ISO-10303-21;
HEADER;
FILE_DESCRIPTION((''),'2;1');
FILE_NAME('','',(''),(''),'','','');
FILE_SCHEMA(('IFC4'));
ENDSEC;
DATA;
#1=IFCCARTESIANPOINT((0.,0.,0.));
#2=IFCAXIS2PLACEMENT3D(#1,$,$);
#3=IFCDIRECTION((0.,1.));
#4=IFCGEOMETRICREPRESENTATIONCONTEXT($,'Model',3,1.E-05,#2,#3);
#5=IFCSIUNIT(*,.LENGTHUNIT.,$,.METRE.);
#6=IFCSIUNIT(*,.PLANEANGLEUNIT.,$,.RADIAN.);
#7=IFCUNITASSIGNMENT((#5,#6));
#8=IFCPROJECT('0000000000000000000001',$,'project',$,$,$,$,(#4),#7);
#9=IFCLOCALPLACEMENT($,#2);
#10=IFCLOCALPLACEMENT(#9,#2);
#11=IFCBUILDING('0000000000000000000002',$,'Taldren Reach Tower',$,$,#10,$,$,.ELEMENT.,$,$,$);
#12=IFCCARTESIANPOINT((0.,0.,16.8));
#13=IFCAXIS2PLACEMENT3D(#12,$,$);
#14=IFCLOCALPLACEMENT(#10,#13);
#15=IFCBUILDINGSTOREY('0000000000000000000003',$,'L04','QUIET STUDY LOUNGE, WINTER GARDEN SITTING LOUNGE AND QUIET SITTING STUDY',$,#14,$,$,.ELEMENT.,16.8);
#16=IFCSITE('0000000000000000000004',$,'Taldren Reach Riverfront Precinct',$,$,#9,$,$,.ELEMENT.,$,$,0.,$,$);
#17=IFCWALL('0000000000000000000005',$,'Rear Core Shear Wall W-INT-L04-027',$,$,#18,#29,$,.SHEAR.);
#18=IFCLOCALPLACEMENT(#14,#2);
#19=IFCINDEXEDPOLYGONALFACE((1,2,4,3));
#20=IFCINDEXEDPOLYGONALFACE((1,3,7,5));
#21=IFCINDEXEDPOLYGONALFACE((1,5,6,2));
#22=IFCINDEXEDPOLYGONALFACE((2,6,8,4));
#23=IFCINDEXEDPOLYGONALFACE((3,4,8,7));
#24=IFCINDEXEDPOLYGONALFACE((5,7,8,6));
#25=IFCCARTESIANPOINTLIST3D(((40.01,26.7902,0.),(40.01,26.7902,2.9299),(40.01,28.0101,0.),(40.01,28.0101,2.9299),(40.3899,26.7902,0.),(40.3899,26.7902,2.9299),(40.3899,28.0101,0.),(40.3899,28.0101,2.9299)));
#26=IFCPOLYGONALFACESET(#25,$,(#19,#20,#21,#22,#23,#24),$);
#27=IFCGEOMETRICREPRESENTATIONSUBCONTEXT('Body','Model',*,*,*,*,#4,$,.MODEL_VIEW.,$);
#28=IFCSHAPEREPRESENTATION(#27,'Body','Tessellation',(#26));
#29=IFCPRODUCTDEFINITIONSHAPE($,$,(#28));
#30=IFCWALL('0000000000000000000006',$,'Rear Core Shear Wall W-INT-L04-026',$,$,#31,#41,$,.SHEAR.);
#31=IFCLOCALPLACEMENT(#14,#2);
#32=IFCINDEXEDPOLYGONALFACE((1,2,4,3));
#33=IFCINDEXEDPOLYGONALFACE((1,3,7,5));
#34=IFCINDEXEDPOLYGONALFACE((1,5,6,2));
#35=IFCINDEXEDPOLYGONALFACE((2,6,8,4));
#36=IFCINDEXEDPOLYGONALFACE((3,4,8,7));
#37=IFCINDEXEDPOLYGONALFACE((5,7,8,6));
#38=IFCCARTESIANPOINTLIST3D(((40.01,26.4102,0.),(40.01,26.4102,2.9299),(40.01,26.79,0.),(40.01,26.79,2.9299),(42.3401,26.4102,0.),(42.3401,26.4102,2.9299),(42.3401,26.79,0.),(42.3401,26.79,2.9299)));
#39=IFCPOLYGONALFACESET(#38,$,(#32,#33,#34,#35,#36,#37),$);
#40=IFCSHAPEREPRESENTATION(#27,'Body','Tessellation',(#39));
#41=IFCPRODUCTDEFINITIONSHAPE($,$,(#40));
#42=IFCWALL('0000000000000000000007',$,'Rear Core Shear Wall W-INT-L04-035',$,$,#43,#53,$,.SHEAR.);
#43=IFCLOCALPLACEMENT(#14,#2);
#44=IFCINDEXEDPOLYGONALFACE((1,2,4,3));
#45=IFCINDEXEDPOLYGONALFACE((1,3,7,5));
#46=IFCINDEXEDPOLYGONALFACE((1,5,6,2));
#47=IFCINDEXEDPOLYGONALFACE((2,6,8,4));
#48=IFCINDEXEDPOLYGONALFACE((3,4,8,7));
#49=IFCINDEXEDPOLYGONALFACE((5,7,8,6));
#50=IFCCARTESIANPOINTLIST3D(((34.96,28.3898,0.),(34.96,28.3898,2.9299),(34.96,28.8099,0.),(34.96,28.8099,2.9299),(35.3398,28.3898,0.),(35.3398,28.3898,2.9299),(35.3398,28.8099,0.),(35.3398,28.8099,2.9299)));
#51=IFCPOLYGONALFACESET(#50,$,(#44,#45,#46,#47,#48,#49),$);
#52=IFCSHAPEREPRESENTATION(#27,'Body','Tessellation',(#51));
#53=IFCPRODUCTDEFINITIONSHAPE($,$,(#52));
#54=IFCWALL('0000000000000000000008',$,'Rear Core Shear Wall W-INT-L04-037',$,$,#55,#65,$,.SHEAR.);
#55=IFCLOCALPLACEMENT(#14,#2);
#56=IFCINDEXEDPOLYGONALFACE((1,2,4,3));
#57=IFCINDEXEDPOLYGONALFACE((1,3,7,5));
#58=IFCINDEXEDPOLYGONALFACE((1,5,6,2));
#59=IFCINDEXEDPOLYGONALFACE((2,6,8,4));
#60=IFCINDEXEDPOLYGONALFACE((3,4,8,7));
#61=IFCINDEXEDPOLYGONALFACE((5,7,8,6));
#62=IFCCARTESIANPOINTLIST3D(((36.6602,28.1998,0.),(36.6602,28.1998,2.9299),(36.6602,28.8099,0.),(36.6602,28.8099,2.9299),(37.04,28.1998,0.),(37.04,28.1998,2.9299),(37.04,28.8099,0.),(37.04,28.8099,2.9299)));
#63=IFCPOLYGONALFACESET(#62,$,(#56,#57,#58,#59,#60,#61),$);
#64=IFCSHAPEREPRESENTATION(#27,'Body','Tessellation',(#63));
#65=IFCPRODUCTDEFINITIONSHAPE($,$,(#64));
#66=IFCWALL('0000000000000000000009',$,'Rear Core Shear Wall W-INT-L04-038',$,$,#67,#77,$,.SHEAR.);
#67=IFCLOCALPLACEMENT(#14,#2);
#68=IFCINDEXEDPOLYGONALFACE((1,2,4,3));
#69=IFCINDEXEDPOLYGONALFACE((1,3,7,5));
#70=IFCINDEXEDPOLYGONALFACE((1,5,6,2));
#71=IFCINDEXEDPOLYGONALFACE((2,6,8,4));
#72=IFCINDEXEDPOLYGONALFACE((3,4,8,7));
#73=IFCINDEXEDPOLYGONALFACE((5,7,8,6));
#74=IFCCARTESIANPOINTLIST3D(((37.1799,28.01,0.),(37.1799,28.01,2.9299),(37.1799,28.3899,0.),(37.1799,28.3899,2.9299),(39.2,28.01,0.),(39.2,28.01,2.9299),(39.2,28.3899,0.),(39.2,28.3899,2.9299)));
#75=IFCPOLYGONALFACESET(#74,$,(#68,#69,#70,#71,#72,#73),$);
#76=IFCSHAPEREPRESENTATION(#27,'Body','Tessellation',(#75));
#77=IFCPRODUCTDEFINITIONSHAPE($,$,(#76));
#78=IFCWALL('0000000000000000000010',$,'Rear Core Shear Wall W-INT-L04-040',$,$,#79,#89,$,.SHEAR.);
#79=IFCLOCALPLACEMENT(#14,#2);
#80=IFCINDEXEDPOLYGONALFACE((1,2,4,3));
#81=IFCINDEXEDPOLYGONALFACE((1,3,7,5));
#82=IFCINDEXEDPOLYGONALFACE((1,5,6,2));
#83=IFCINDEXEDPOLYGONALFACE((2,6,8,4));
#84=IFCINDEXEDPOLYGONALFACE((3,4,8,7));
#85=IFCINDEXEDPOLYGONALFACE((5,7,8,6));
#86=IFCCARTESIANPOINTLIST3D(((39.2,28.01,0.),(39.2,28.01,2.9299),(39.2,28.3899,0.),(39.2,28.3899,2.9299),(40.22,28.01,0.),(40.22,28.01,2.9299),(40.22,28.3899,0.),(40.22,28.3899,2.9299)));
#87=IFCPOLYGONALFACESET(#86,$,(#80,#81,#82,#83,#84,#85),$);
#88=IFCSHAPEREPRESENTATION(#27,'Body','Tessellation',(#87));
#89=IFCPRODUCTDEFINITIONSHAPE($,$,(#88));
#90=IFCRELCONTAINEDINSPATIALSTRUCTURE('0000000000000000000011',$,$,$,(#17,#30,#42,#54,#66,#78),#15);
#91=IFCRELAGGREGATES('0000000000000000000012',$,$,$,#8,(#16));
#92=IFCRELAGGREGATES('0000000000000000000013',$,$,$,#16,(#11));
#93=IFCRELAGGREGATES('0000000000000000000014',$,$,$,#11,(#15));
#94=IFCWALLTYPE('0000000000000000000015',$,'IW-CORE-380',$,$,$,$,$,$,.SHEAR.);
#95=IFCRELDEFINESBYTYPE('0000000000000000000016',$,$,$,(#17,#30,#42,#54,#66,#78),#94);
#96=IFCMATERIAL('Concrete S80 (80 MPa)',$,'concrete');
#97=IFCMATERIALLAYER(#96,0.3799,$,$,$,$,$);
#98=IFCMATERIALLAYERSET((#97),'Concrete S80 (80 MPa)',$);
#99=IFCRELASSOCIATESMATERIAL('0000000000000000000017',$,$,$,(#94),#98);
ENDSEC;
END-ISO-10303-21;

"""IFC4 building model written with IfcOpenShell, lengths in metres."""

from ifc_helpers import new_model, si_unit, direction, frame, frame_2d, origin, place, context, subcontext, project, spatial, rectangle, extrude, source, transform, mapped, material, layer, layer_set, type_object, element, save


model = new_model("IFC4")

# Units and contexts
model_context = context("Model", 3, precision=1e-05, world=origin(), true_north=direction((0.0, 1.0)))
body_context = subcontext(model_context, "Body", "Model", "MODEL_VIEW")
ifc_project = project(units=[si_unit("LENGTHUNIT", "METRE"), si_unit("PLANEANGLEUNIT", "RADIAN")], contexts=[model_context])

# Site, building, storey
site_placement = place(None, origin())
site = spatial("IfcSite", under=ifc_project, at=site_placement, Name="Taldren Reach Riverfront Precinct", CompositionType="ELEMENT", RefElevation=0.0)
building_placement = place(site_placement, origin())
building = spatial("IfcBuilding", under=site, at=building_placement, Name="Taldren Reach Tower", CompositionType="ELEMENT")
storey_placement = place(building_placement, frame((0.0, 0.0, 16.8)))
storey = spatial("IfcBuildingStorey", under=building, at=storey_placement, Name="L04", Description="QUIET STUDY LOUNGE, WINTER GARDEN SITTING LOUNGE AND QUIET SITTING STUDY", CompositionType="ELEMENT", Elevation=16.8)

# Walls
ifc_material_1 = material(Name="Concrete S80 (80 MPa)", Category="concrete")
ifc_layer_1 = layer(ifc_material_1, 0.3799)
ifc_layer_set_1 = layer_set([ifc_layer_1], Name="Concrete S80 (80 MPa)")
wall_type_1 = type_object("IfcWallType", Name="IW-CORE-380", PredefinedType="SHEAR", material=ifc_layer_set_1)
shared_shape_1 = source(origin(), body_context, "Body", "SweptSolid", [
    extrude(rectangle(XDim=1.22, YDim=0.3799, at=frame_2d((0.6099, 0.0))), origin(), (0.0, 0.0, 1.0), 2.9299),
])
wall_1_placement = place(storey_placement, frame((40.2, 28.01, 0.0), z_axis=(0.0, 0.0, 1.0), x_axis=(0.0, -1.0, 0.0)))
element("IfcWall", 1, at=wall_1_placement, inside=storey, type_object=wall_type_1, Name="Rear Core Shear Wall W-INT-L04-027", PredefinedType="SHEAR", context=body_context, shape_type="MappedRepresentation", body=[
    mapped(shared_shape_1, transform((0.0, 0.0, 0.0), scale=1.0)),
])
shared_shape_2 = source(origin(), body_context, "Body", "SweptSolid", [
    extrude(rectangle(XDim=2.3301, YDim=0.3799, at=frame_2d((1.165, 0.0))), origin(), (0.0, 0.0, 1.0), 2.9299),
])
wall_2_placement = place(storey_placement, frame((40.01, 26.6001, 0.0), z_axis=(0.0, 0.0, 1.0), x_axis=(1.0, 0.0, 0.0)))
element("IfcWall", 2, at=wall_2_placement, inside=storey, type_object=wall_type_1, Name="Rear Core Shear Wall W-INT-L04-026", PredefinedType="SHEAR", context=body_context, shape_type="MappedRepresentation", body=[
    mapped(shared_shape_2, transform((0.0, 0.0, 0.0), scale=1.0)),
])
shared_shape_3 = source(origin(), body_context, "Body", "SweptSolid", [
    extrude(rectangle(XDim=0.4202, YDim=0.3799, at=frame_2d((0.21, 0.0))), origin(), (0.0, 0.0, 1.0), 2.9299),
])
wall_3_placement = place(storey_placement, frame((35.1499, 28.3899, 0.0), z_axis=(0.0, 0.0, 1.0), x_axis=(0.0, 1.0, 0.0)))
element("IfcWall", 3, at=wall_3_placement, inside=storey, type_object=wall_type_1, Name="Rear Core Shear Wall W-INT-L04-035", PredefinedType="SHEAR", context=body_context, shape_type="MappedRepresentation", body=[
    mapped(shared_shape_3, transform((0.0, 0.0, 0.0), scale=1.0)),
])
shared_shape_4 = source(origin(), body_context, "Body", "SweptSolid", [
    extrude(rectangle(XDim=0.6101, YDim=0.3799, at=frame_2d((0.3052, 0.0))), origin(), (0.0, 0.0, 1.0), 2.9299),
])
wall_4_placement = place(storey_placement, frame((36.8501, 28.8101, 0.0), z_axis=(0.0, 0.0, 1.0), x_axis=(0.0, -1.0, 0.0)))
element("IfcWall", 4, at=wall_4_placement, inside=storey, type_object=wall_type_1, Name="Rear Core Shear Wall W-INT-L04-037", PredefinedType="SHEAR", context=body_context, shape_type="MappedRepresentation", body=[
    mapped(shared_shape_4, transform((0.0, 0.0, 0.0), scale=1.0)),
])
shared_shape_5 = source(origin(), body_context, "Body", "SweptSolid", [
    extrude(rectangle(XDim=2.02, YDim=0.3799, at=frame_2d((1.01, 0.0))), origin(), (0.0, 0.0, 1.0), 2.9299),
])
wall_5_placement = place(storey_placement, frame((37.1799, 28.2, 0.0), z_axis=(0.0, 0.0, 1.0), x_axis=(1.0, 0.0, 0.0)))
element("IfcWall", 5, at=wall_5_placement, inside=storey, type_object=wall_type_1, Name="Rear Core Shear Wall W-INT-L04-038", PredefinedType="SHEAR", context=body_context, shape_type="MappedRepresentation", body=[
    mapped(shared_shape_5, transform((0.0, 0.0, 0.0), scale=1.0)),
])
shared_shape_6 = source(origin(), body_context, "Body", "SweptSolid", [
    extrude(rectangle(XDim=1.02, YDim=0.3799, at=frame_2d((0.51, 0.0))), origin(), (0.0, 0.0, 1.0), 2.9299),
])
wall_6_placement = place(storey_placement, frame((39.2, 28.2, 0.0), z_axis=(0.0, 0.0, 1.0), x_axis=(1.0, 0.0, 0.0)))
element("IfcWall", 6, at=wall_6_placement, inside=storey, type_object=wall_type_1, Name="Rear Core Shear Wall W-INT-L04-040", PredefinedType="SHEAR", context=body_context, shape_type="MappedRepresentation", body=[
    mapped(shared_shape_6, transform((0.0, 0.0, 0.0), scale=1.0)),
])

save(model, "model.ifc")
